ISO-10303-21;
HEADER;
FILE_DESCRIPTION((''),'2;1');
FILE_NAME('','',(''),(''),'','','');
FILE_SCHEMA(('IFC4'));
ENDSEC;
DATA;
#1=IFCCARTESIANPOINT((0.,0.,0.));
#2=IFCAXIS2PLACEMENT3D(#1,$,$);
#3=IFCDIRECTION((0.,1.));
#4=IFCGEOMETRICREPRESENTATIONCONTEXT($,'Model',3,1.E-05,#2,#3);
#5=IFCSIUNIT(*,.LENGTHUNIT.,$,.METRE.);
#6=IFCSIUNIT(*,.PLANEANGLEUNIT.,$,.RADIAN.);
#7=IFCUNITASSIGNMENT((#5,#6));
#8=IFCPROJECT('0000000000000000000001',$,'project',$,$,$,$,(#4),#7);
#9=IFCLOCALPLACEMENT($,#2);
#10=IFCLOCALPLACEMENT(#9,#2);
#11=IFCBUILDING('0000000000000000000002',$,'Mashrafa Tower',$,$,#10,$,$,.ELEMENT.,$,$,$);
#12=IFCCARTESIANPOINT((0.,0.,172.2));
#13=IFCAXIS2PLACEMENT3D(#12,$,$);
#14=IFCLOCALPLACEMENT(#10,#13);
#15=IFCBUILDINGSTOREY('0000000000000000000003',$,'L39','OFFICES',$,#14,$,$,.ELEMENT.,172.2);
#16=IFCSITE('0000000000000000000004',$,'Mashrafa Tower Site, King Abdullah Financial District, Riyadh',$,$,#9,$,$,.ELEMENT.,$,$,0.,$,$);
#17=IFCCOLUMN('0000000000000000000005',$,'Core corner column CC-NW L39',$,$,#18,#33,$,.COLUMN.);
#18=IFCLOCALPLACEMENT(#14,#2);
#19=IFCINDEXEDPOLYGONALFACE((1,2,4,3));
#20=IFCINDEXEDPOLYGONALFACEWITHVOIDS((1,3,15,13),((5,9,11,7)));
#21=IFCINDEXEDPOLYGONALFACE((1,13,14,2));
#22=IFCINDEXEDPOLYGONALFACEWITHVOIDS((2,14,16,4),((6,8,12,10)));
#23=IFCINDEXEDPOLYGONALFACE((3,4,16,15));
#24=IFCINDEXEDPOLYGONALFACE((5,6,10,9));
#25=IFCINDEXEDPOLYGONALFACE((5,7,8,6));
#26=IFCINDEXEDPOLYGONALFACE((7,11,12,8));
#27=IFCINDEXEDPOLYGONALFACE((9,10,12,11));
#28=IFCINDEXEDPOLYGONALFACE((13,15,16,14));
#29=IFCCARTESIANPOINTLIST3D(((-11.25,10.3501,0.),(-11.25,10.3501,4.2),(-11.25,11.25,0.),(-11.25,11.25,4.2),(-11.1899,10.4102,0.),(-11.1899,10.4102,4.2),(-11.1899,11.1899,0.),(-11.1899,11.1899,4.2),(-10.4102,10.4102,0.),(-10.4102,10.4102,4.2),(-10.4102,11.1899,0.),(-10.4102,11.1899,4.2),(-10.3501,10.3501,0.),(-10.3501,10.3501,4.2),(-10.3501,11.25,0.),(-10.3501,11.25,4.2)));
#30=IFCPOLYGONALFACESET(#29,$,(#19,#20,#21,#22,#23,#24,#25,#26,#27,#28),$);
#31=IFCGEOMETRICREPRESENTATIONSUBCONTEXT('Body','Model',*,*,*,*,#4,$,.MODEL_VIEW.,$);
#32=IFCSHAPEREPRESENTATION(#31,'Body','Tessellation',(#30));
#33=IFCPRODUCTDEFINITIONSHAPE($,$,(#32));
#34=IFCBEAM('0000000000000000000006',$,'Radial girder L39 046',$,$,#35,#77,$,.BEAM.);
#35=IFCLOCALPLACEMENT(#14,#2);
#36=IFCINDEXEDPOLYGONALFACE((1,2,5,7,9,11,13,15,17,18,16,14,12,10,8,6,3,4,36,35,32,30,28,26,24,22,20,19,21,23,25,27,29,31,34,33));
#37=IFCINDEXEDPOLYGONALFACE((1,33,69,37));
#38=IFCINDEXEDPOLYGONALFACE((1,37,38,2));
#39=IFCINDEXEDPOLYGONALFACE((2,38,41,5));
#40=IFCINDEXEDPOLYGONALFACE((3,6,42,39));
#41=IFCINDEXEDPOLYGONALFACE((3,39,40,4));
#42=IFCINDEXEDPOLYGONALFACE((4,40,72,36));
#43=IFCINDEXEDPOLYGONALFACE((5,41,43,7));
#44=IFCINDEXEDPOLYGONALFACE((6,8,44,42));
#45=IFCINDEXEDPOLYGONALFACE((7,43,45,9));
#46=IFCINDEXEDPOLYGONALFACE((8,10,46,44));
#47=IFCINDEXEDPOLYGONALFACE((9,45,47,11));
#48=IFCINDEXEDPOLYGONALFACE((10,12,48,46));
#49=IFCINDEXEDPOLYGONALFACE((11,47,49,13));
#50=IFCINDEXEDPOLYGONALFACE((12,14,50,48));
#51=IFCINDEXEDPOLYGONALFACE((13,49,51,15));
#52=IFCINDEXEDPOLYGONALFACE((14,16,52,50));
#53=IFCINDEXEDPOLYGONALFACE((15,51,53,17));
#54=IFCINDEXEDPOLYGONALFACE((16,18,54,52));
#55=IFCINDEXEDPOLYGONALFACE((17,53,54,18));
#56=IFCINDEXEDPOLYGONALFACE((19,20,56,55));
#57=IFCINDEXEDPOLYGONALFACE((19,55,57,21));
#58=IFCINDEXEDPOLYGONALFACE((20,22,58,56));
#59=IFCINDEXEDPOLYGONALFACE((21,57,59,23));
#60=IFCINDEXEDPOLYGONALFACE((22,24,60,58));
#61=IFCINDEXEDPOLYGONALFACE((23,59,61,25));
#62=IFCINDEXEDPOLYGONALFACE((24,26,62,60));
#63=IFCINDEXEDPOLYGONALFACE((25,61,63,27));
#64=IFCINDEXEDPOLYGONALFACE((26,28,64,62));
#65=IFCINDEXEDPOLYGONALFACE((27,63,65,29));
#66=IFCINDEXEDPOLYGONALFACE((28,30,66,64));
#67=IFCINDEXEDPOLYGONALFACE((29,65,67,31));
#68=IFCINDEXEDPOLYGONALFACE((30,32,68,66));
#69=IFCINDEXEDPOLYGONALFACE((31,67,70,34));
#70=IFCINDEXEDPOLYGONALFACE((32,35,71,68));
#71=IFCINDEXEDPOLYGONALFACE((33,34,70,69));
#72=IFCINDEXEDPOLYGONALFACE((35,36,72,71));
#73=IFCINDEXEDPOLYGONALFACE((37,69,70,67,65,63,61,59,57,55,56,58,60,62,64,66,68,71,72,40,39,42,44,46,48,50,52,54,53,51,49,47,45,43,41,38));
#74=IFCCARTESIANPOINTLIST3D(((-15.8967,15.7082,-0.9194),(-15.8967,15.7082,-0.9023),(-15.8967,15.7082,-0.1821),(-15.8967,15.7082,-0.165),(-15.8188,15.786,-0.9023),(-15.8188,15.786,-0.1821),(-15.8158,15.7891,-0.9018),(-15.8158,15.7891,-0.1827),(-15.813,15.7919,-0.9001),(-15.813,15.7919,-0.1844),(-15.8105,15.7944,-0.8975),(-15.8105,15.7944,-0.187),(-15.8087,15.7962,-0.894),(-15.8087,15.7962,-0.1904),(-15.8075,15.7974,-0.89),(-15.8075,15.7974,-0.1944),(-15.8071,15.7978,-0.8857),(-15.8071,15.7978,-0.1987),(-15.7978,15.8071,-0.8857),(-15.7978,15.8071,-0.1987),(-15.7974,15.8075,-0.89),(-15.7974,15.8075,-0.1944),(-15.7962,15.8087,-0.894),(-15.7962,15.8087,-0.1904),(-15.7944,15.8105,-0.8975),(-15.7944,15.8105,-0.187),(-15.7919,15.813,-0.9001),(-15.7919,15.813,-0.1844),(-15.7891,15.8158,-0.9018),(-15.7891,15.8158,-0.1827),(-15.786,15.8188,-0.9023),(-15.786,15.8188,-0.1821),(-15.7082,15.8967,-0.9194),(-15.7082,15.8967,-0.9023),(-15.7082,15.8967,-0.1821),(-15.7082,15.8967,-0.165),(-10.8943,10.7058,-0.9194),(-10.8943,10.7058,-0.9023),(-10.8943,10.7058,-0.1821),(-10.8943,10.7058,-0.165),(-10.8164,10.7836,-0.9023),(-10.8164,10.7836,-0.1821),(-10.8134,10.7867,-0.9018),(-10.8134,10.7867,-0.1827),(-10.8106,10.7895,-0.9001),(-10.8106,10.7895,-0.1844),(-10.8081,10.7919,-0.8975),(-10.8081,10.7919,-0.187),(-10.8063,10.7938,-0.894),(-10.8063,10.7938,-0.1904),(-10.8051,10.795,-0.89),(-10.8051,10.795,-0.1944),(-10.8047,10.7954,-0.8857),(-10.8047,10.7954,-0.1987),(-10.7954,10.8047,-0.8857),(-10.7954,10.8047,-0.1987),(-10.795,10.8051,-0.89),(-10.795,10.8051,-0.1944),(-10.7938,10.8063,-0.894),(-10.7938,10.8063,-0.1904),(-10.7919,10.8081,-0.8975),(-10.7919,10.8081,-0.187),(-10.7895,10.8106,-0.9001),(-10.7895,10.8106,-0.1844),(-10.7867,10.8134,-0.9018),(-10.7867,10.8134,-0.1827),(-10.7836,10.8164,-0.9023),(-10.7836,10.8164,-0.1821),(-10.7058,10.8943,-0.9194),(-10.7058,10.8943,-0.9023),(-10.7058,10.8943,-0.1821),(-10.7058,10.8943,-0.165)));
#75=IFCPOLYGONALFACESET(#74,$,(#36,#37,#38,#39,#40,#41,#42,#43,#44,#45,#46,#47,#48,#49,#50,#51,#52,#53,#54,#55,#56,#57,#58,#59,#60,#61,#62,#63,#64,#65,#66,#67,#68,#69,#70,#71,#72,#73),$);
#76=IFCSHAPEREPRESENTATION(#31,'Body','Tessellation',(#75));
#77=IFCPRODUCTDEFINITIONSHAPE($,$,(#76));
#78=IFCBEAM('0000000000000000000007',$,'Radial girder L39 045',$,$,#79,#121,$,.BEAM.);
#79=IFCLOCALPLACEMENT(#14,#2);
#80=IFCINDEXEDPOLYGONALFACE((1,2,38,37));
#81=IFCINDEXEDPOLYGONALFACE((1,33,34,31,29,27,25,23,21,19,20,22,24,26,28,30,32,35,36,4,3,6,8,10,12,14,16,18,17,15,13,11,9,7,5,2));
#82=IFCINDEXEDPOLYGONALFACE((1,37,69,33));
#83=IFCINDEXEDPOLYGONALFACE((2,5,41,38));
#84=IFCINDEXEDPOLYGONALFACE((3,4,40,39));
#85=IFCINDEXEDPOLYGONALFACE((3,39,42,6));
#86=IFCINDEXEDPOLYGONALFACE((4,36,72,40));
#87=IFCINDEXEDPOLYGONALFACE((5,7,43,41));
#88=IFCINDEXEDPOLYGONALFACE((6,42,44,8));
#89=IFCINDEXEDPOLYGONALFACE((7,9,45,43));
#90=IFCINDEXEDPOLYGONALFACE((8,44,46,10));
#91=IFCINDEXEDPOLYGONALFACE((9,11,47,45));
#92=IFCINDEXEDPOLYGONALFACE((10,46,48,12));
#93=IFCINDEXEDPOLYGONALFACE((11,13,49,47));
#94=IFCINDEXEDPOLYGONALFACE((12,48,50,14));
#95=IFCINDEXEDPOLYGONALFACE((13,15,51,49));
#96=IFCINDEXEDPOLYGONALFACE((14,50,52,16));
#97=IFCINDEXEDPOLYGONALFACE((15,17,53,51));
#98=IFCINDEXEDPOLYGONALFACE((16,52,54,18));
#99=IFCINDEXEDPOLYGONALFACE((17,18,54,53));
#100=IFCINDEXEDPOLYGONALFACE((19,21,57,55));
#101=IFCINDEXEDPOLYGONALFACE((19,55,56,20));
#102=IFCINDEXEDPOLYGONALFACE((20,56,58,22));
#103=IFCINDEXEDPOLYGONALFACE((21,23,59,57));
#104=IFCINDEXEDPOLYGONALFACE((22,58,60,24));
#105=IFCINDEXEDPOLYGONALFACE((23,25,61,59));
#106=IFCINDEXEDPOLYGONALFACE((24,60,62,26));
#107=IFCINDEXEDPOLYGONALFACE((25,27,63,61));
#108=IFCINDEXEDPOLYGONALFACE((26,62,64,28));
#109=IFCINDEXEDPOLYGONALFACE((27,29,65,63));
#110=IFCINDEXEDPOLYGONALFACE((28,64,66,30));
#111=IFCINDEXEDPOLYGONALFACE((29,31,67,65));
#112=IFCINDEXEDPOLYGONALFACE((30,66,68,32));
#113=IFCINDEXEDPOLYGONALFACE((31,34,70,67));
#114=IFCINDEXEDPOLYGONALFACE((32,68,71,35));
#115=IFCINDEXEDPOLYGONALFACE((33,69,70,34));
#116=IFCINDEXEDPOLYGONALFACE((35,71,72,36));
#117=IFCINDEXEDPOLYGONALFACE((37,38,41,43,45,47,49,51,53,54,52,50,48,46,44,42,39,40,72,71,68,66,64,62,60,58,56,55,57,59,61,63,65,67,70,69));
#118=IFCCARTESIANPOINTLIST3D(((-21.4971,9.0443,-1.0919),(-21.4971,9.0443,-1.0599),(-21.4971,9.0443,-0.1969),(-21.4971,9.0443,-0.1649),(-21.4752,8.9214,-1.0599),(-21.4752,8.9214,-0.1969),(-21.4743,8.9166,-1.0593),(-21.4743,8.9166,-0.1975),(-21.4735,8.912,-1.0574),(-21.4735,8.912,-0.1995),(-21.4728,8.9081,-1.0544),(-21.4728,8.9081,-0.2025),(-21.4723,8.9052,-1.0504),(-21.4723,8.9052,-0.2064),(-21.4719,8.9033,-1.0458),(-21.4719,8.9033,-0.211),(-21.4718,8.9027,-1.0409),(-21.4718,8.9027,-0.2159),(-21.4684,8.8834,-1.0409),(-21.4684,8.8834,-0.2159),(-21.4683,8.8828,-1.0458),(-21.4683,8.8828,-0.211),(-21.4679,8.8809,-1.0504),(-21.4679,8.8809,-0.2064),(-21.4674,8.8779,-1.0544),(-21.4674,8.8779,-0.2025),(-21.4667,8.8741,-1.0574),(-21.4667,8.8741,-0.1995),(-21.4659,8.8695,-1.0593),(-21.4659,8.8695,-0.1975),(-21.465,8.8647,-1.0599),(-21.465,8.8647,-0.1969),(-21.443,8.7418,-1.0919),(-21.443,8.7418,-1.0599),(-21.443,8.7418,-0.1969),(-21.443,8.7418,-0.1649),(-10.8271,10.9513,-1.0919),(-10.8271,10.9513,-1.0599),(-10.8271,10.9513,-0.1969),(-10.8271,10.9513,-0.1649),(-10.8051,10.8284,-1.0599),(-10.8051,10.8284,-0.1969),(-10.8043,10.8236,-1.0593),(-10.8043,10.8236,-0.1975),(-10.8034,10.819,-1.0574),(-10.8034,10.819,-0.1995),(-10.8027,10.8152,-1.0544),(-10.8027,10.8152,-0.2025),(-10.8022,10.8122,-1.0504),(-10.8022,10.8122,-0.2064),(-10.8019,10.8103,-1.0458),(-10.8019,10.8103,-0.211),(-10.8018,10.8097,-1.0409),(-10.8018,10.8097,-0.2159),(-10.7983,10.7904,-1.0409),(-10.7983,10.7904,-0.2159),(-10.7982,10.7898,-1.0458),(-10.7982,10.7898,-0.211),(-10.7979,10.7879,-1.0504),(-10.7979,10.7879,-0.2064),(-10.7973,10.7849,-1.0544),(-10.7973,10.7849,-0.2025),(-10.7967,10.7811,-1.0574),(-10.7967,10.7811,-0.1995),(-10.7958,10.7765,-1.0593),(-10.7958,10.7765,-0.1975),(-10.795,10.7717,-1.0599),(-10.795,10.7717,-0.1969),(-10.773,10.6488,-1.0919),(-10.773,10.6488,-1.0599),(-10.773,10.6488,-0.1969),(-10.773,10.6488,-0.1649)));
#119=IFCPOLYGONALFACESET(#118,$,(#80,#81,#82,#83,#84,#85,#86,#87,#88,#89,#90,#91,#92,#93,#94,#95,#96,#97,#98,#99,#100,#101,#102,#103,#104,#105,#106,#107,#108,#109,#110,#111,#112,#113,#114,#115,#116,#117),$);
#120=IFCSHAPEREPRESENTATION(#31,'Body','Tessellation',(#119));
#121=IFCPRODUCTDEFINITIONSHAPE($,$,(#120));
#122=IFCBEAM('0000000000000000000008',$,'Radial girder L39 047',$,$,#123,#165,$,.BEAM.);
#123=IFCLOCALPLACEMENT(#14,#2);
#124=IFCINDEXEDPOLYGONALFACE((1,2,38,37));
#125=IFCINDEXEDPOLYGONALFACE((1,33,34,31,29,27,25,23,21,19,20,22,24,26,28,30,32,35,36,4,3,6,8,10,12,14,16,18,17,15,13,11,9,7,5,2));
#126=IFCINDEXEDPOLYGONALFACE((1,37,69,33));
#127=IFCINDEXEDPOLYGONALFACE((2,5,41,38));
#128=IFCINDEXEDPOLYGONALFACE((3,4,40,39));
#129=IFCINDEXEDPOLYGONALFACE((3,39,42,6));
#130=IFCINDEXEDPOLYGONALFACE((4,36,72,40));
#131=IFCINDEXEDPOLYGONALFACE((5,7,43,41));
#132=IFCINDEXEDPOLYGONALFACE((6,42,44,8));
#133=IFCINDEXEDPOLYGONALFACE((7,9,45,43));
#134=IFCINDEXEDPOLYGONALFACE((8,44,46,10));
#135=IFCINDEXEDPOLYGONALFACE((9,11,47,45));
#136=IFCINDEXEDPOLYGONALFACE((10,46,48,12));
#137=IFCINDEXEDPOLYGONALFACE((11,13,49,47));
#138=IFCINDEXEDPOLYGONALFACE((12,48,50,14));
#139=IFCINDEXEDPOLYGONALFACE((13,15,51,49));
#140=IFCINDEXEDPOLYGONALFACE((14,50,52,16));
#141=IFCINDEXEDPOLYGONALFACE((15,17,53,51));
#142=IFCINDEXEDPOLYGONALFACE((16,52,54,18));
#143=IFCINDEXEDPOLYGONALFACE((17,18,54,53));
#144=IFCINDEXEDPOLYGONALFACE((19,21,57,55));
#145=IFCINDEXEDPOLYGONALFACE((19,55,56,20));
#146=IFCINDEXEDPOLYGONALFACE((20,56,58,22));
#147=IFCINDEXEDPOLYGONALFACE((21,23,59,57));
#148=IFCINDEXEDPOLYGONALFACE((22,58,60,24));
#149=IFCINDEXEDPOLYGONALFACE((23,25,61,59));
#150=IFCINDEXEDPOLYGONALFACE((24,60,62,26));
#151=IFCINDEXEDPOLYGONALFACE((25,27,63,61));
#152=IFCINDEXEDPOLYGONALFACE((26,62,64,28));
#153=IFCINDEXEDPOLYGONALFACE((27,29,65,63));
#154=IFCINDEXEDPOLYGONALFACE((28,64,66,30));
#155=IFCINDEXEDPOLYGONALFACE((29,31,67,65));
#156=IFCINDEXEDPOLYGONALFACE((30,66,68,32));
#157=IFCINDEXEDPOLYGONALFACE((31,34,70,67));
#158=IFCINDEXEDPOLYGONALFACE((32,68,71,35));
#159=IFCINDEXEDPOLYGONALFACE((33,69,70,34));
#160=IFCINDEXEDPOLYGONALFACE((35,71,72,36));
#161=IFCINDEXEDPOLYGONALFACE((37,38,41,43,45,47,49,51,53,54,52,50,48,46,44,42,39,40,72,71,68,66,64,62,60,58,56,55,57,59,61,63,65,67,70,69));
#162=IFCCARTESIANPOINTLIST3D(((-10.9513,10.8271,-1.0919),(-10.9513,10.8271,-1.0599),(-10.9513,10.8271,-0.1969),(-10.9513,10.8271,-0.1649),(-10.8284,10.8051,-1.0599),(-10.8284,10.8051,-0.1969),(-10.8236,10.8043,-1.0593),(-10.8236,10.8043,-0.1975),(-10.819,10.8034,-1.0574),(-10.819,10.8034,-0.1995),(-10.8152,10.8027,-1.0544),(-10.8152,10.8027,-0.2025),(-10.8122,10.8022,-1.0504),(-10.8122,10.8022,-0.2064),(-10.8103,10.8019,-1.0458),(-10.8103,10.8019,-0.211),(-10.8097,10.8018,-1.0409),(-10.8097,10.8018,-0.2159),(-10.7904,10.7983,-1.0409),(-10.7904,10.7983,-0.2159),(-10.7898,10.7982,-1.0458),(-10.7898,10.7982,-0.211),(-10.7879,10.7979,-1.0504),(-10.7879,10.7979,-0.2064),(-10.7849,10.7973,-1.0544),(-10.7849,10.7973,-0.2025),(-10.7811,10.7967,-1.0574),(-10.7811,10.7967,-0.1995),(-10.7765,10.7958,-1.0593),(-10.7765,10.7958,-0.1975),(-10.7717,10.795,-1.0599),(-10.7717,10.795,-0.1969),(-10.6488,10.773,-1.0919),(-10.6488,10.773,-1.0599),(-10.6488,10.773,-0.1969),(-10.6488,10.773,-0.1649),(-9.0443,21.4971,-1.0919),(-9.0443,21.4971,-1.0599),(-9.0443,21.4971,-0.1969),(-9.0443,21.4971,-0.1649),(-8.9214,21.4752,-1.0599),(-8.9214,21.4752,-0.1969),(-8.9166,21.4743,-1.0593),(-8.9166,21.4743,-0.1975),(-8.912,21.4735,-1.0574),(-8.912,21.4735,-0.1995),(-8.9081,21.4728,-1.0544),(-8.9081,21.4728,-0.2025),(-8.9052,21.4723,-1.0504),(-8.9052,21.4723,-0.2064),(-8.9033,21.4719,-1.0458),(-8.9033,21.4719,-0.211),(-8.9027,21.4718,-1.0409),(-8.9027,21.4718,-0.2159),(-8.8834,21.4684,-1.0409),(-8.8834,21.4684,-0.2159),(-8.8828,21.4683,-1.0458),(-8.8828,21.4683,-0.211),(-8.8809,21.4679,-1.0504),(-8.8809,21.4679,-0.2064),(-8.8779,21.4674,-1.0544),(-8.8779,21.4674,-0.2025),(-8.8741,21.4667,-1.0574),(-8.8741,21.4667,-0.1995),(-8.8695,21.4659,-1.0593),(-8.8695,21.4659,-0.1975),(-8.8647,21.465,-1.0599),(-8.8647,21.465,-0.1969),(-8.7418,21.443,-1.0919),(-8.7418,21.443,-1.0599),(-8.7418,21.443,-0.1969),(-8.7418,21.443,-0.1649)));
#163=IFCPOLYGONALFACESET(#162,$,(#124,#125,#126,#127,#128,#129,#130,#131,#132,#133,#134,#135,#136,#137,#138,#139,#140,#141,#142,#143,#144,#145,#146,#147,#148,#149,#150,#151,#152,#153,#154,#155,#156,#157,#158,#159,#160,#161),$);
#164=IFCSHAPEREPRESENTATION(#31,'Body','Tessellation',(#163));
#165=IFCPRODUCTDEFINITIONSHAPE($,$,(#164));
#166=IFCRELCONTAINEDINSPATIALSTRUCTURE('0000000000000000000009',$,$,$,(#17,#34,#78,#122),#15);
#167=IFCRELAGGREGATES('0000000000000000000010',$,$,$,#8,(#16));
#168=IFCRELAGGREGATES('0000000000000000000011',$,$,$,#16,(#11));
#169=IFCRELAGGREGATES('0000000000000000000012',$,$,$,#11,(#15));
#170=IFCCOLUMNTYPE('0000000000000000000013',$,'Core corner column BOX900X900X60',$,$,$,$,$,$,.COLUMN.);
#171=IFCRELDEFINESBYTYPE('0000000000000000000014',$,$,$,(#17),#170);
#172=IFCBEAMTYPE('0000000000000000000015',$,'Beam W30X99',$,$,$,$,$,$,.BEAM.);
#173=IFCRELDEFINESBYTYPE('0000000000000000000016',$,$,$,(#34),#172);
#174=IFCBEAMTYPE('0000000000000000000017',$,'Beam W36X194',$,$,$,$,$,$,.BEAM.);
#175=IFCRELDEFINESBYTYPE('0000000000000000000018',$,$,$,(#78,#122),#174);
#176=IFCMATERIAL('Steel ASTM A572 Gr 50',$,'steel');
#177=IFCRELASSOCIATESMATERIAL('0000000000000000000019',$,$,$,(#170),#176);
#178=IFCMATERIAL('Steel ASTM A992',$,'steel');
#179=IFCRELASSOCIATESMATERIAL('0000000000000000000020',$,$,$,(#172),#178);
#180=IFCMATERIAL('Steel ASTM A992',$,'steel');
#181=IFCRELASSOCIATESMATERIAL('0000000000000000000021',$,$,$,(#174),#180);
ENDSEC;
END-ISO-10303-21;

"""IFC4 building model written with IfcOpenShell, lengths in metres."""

from ifc_helpers import new_model, si_unit, direction, frame, origin, origin_2d, place, context, subcontext, project, spatial, hollow_rectangle, i_section, extrude, material, material_profile, profile_set, type_object, element, save


model = new_model("IFC4")

# Units and contexts
model_context = context("Model", 3, precision=1e-05, world=origin(), true_north=direction((0.0, 1.0)))
body_context = subcontext(model_context, "Body", "Model", "MODEL_VIEW")
ifc_project = project(units=[si_unit("LENGTHUNIT", "METRE"), si_unit("PLANEANGLEUNIT", "RADIAN")], contexts=[model_context])

# Site, building, storey
site_placement = place(None, origin())
site = spatial("IfcSite", under=ifc_project, at=site_placement, Name="Mashrafa Tower Site, King Abdullah Financial District, Riyadh", CompositionType="ELEMENT", RefElevation=0.0)
building_placement = place(site_placement, origin())
building = spatial("IfcBuilding", under=site, at=building_placement, Name="Mashrafa Tower", CompositionType="ELEMENT")
storey_placement = place(building_placement, frame((0.0, 0.0, 172.2)))
storey = spatial("IfcBuildingStorey", under=building, at=storey_placement, Name="L39", Description="OFFICES", CompositionType="ELEMENT", Elevation=172.2)

# Column
ifc_material_1 = material(Name="Steel ASTM A572 Gr 50", Category="steel")
ifc_material_profile_1 = material_profile(ifc_material_1, hollow_rectangle(XDim=0.8999, YDim=0.8999, WallThickness=0.0601, at=origin_2d()), Name="BOX900X900X60")
ifc_profile_set_1 = profile_set([ifc_material_profile_1], Name="Steel ASTM A572 Gr 50")
column_type = type_object("IfcColumnType", Name="Core corner column BOX900X900X60", PredefinedType="COLUMN", material=ifc_profile_set_1)
column_placement = place(storey_placement, frame((-10.8, 10.8, 0.0), z_axis=(0.0, 0.0, 1.0), x_axis=(1.0, 0.0, 0.0)))
element("IfcColumn", 1, at=column_placement, inside=storey, type_object=column_type, Name="Core corner column CC-NW L39", PredefinedType="COLUMN", context=body_context, shape_type="SweptSolid", body=[
    extrude(hollow_rectangle(XDim=0.8999, YDim=0.8999, WallThickness=0.0601, at=origin_2d()), origin(), (0.0, 0.0, 1.0), 4.2),
])

# Beams
ifc_material_2 = material(Name="Steel ASTM A992", Category="steel")
ifc_material_profile_2 = material_profile(ifc_material_2, i_section(OverallWidth=0.2666, OverallDepth=0.7544, WebThickness=0.0132, FlangeThickness=0.0171, FilletRadius=0.0166, at=origin_2d()), Name="W30X99")
ifc_profile_set_2 = profile_set([ifc_material_profile_2], Name="Steel ASTM A992")
beam_type_1 = type_object("IfcBeamType", Name="Beam W30X99", PredefinedType="BEAM", material=ifc_profile_set_2)
beam_1_placement = place(storey_placement, frame((-10.8, 10.8, -0.5422), z_axis=(-0.707107, 0.707107, 0.0), x_axis=(-0.707107, -0.707107, 0.0)))
element("IfcBeam", 2, at=beam_1_placement, inside=storey, type_object=beam_type_1, Name="Radial girder L39 046", PredefinedType="BEAM", context=body_context, shape_type="SweptSolid", body=[
    extrude(i_section(OverallWidth=0.2666, OverallDepth=0.7544, WebThickness=0.0132, FlangeThickness=0.0171, FilletRadius=0.0166, at=origin_2d()), origin(), (0.0, 0.0, 1.0), 7.0745),
])
ifc_material_3 = material(Name="Steel ASTM A992", Category="steel")
ifc_material_profile_3 = material_profile(ifc_material_3, i_section(OverallWidth=0.3074, OverallDepth=0.927, WebThickness=0.0195, FlangeThickness=0.032, FilletRadius=0.019, at=origin_2d()), Name="W36X194")
ifc_profile_set_3 = profile_set([ifc_material_profile_3], Name="Steel ASTM A992")
beam_type_2 = type_object("IfcBeamType", Name="Beam W36X194", PredefinedType="BEAM", material=ifc_profile_set_3)
for number, where, z_axis, x_axis, name in (
    (3, (-10.8, 10.8, -0.6284), (-0.984401, -0.175937, 0.0), (0.175937, -0.984401, 0.0), "Radial girder L39 045"),
    (4, (-10.8, 10.8, -0.6284), (0.175937, 0.984401, 0.0), (-0.984401, 0.175937, 0.0), "Radial girder L39 047"),
):
    element("IfcBeam", number, at=place(storey_placement, frame(where, z_axis=z_axis, x_axis=x_axis)), inside=storey, type_object=beam_type_2, Name=name, PredefinedType="BEAM", context=body_context, shape_type="SweptSolid", body=[
        extrude(i_section(OverallWidth=0.3074, OverallDepth=0.927, WebThickness=0.0195, FlangeThickness=0.032, FilletRadius=0.019, at=origin_2d()), origin(), (0.0, 0.0, 1.0), 10.8391),
    ])

save(model, "model.ifc")
